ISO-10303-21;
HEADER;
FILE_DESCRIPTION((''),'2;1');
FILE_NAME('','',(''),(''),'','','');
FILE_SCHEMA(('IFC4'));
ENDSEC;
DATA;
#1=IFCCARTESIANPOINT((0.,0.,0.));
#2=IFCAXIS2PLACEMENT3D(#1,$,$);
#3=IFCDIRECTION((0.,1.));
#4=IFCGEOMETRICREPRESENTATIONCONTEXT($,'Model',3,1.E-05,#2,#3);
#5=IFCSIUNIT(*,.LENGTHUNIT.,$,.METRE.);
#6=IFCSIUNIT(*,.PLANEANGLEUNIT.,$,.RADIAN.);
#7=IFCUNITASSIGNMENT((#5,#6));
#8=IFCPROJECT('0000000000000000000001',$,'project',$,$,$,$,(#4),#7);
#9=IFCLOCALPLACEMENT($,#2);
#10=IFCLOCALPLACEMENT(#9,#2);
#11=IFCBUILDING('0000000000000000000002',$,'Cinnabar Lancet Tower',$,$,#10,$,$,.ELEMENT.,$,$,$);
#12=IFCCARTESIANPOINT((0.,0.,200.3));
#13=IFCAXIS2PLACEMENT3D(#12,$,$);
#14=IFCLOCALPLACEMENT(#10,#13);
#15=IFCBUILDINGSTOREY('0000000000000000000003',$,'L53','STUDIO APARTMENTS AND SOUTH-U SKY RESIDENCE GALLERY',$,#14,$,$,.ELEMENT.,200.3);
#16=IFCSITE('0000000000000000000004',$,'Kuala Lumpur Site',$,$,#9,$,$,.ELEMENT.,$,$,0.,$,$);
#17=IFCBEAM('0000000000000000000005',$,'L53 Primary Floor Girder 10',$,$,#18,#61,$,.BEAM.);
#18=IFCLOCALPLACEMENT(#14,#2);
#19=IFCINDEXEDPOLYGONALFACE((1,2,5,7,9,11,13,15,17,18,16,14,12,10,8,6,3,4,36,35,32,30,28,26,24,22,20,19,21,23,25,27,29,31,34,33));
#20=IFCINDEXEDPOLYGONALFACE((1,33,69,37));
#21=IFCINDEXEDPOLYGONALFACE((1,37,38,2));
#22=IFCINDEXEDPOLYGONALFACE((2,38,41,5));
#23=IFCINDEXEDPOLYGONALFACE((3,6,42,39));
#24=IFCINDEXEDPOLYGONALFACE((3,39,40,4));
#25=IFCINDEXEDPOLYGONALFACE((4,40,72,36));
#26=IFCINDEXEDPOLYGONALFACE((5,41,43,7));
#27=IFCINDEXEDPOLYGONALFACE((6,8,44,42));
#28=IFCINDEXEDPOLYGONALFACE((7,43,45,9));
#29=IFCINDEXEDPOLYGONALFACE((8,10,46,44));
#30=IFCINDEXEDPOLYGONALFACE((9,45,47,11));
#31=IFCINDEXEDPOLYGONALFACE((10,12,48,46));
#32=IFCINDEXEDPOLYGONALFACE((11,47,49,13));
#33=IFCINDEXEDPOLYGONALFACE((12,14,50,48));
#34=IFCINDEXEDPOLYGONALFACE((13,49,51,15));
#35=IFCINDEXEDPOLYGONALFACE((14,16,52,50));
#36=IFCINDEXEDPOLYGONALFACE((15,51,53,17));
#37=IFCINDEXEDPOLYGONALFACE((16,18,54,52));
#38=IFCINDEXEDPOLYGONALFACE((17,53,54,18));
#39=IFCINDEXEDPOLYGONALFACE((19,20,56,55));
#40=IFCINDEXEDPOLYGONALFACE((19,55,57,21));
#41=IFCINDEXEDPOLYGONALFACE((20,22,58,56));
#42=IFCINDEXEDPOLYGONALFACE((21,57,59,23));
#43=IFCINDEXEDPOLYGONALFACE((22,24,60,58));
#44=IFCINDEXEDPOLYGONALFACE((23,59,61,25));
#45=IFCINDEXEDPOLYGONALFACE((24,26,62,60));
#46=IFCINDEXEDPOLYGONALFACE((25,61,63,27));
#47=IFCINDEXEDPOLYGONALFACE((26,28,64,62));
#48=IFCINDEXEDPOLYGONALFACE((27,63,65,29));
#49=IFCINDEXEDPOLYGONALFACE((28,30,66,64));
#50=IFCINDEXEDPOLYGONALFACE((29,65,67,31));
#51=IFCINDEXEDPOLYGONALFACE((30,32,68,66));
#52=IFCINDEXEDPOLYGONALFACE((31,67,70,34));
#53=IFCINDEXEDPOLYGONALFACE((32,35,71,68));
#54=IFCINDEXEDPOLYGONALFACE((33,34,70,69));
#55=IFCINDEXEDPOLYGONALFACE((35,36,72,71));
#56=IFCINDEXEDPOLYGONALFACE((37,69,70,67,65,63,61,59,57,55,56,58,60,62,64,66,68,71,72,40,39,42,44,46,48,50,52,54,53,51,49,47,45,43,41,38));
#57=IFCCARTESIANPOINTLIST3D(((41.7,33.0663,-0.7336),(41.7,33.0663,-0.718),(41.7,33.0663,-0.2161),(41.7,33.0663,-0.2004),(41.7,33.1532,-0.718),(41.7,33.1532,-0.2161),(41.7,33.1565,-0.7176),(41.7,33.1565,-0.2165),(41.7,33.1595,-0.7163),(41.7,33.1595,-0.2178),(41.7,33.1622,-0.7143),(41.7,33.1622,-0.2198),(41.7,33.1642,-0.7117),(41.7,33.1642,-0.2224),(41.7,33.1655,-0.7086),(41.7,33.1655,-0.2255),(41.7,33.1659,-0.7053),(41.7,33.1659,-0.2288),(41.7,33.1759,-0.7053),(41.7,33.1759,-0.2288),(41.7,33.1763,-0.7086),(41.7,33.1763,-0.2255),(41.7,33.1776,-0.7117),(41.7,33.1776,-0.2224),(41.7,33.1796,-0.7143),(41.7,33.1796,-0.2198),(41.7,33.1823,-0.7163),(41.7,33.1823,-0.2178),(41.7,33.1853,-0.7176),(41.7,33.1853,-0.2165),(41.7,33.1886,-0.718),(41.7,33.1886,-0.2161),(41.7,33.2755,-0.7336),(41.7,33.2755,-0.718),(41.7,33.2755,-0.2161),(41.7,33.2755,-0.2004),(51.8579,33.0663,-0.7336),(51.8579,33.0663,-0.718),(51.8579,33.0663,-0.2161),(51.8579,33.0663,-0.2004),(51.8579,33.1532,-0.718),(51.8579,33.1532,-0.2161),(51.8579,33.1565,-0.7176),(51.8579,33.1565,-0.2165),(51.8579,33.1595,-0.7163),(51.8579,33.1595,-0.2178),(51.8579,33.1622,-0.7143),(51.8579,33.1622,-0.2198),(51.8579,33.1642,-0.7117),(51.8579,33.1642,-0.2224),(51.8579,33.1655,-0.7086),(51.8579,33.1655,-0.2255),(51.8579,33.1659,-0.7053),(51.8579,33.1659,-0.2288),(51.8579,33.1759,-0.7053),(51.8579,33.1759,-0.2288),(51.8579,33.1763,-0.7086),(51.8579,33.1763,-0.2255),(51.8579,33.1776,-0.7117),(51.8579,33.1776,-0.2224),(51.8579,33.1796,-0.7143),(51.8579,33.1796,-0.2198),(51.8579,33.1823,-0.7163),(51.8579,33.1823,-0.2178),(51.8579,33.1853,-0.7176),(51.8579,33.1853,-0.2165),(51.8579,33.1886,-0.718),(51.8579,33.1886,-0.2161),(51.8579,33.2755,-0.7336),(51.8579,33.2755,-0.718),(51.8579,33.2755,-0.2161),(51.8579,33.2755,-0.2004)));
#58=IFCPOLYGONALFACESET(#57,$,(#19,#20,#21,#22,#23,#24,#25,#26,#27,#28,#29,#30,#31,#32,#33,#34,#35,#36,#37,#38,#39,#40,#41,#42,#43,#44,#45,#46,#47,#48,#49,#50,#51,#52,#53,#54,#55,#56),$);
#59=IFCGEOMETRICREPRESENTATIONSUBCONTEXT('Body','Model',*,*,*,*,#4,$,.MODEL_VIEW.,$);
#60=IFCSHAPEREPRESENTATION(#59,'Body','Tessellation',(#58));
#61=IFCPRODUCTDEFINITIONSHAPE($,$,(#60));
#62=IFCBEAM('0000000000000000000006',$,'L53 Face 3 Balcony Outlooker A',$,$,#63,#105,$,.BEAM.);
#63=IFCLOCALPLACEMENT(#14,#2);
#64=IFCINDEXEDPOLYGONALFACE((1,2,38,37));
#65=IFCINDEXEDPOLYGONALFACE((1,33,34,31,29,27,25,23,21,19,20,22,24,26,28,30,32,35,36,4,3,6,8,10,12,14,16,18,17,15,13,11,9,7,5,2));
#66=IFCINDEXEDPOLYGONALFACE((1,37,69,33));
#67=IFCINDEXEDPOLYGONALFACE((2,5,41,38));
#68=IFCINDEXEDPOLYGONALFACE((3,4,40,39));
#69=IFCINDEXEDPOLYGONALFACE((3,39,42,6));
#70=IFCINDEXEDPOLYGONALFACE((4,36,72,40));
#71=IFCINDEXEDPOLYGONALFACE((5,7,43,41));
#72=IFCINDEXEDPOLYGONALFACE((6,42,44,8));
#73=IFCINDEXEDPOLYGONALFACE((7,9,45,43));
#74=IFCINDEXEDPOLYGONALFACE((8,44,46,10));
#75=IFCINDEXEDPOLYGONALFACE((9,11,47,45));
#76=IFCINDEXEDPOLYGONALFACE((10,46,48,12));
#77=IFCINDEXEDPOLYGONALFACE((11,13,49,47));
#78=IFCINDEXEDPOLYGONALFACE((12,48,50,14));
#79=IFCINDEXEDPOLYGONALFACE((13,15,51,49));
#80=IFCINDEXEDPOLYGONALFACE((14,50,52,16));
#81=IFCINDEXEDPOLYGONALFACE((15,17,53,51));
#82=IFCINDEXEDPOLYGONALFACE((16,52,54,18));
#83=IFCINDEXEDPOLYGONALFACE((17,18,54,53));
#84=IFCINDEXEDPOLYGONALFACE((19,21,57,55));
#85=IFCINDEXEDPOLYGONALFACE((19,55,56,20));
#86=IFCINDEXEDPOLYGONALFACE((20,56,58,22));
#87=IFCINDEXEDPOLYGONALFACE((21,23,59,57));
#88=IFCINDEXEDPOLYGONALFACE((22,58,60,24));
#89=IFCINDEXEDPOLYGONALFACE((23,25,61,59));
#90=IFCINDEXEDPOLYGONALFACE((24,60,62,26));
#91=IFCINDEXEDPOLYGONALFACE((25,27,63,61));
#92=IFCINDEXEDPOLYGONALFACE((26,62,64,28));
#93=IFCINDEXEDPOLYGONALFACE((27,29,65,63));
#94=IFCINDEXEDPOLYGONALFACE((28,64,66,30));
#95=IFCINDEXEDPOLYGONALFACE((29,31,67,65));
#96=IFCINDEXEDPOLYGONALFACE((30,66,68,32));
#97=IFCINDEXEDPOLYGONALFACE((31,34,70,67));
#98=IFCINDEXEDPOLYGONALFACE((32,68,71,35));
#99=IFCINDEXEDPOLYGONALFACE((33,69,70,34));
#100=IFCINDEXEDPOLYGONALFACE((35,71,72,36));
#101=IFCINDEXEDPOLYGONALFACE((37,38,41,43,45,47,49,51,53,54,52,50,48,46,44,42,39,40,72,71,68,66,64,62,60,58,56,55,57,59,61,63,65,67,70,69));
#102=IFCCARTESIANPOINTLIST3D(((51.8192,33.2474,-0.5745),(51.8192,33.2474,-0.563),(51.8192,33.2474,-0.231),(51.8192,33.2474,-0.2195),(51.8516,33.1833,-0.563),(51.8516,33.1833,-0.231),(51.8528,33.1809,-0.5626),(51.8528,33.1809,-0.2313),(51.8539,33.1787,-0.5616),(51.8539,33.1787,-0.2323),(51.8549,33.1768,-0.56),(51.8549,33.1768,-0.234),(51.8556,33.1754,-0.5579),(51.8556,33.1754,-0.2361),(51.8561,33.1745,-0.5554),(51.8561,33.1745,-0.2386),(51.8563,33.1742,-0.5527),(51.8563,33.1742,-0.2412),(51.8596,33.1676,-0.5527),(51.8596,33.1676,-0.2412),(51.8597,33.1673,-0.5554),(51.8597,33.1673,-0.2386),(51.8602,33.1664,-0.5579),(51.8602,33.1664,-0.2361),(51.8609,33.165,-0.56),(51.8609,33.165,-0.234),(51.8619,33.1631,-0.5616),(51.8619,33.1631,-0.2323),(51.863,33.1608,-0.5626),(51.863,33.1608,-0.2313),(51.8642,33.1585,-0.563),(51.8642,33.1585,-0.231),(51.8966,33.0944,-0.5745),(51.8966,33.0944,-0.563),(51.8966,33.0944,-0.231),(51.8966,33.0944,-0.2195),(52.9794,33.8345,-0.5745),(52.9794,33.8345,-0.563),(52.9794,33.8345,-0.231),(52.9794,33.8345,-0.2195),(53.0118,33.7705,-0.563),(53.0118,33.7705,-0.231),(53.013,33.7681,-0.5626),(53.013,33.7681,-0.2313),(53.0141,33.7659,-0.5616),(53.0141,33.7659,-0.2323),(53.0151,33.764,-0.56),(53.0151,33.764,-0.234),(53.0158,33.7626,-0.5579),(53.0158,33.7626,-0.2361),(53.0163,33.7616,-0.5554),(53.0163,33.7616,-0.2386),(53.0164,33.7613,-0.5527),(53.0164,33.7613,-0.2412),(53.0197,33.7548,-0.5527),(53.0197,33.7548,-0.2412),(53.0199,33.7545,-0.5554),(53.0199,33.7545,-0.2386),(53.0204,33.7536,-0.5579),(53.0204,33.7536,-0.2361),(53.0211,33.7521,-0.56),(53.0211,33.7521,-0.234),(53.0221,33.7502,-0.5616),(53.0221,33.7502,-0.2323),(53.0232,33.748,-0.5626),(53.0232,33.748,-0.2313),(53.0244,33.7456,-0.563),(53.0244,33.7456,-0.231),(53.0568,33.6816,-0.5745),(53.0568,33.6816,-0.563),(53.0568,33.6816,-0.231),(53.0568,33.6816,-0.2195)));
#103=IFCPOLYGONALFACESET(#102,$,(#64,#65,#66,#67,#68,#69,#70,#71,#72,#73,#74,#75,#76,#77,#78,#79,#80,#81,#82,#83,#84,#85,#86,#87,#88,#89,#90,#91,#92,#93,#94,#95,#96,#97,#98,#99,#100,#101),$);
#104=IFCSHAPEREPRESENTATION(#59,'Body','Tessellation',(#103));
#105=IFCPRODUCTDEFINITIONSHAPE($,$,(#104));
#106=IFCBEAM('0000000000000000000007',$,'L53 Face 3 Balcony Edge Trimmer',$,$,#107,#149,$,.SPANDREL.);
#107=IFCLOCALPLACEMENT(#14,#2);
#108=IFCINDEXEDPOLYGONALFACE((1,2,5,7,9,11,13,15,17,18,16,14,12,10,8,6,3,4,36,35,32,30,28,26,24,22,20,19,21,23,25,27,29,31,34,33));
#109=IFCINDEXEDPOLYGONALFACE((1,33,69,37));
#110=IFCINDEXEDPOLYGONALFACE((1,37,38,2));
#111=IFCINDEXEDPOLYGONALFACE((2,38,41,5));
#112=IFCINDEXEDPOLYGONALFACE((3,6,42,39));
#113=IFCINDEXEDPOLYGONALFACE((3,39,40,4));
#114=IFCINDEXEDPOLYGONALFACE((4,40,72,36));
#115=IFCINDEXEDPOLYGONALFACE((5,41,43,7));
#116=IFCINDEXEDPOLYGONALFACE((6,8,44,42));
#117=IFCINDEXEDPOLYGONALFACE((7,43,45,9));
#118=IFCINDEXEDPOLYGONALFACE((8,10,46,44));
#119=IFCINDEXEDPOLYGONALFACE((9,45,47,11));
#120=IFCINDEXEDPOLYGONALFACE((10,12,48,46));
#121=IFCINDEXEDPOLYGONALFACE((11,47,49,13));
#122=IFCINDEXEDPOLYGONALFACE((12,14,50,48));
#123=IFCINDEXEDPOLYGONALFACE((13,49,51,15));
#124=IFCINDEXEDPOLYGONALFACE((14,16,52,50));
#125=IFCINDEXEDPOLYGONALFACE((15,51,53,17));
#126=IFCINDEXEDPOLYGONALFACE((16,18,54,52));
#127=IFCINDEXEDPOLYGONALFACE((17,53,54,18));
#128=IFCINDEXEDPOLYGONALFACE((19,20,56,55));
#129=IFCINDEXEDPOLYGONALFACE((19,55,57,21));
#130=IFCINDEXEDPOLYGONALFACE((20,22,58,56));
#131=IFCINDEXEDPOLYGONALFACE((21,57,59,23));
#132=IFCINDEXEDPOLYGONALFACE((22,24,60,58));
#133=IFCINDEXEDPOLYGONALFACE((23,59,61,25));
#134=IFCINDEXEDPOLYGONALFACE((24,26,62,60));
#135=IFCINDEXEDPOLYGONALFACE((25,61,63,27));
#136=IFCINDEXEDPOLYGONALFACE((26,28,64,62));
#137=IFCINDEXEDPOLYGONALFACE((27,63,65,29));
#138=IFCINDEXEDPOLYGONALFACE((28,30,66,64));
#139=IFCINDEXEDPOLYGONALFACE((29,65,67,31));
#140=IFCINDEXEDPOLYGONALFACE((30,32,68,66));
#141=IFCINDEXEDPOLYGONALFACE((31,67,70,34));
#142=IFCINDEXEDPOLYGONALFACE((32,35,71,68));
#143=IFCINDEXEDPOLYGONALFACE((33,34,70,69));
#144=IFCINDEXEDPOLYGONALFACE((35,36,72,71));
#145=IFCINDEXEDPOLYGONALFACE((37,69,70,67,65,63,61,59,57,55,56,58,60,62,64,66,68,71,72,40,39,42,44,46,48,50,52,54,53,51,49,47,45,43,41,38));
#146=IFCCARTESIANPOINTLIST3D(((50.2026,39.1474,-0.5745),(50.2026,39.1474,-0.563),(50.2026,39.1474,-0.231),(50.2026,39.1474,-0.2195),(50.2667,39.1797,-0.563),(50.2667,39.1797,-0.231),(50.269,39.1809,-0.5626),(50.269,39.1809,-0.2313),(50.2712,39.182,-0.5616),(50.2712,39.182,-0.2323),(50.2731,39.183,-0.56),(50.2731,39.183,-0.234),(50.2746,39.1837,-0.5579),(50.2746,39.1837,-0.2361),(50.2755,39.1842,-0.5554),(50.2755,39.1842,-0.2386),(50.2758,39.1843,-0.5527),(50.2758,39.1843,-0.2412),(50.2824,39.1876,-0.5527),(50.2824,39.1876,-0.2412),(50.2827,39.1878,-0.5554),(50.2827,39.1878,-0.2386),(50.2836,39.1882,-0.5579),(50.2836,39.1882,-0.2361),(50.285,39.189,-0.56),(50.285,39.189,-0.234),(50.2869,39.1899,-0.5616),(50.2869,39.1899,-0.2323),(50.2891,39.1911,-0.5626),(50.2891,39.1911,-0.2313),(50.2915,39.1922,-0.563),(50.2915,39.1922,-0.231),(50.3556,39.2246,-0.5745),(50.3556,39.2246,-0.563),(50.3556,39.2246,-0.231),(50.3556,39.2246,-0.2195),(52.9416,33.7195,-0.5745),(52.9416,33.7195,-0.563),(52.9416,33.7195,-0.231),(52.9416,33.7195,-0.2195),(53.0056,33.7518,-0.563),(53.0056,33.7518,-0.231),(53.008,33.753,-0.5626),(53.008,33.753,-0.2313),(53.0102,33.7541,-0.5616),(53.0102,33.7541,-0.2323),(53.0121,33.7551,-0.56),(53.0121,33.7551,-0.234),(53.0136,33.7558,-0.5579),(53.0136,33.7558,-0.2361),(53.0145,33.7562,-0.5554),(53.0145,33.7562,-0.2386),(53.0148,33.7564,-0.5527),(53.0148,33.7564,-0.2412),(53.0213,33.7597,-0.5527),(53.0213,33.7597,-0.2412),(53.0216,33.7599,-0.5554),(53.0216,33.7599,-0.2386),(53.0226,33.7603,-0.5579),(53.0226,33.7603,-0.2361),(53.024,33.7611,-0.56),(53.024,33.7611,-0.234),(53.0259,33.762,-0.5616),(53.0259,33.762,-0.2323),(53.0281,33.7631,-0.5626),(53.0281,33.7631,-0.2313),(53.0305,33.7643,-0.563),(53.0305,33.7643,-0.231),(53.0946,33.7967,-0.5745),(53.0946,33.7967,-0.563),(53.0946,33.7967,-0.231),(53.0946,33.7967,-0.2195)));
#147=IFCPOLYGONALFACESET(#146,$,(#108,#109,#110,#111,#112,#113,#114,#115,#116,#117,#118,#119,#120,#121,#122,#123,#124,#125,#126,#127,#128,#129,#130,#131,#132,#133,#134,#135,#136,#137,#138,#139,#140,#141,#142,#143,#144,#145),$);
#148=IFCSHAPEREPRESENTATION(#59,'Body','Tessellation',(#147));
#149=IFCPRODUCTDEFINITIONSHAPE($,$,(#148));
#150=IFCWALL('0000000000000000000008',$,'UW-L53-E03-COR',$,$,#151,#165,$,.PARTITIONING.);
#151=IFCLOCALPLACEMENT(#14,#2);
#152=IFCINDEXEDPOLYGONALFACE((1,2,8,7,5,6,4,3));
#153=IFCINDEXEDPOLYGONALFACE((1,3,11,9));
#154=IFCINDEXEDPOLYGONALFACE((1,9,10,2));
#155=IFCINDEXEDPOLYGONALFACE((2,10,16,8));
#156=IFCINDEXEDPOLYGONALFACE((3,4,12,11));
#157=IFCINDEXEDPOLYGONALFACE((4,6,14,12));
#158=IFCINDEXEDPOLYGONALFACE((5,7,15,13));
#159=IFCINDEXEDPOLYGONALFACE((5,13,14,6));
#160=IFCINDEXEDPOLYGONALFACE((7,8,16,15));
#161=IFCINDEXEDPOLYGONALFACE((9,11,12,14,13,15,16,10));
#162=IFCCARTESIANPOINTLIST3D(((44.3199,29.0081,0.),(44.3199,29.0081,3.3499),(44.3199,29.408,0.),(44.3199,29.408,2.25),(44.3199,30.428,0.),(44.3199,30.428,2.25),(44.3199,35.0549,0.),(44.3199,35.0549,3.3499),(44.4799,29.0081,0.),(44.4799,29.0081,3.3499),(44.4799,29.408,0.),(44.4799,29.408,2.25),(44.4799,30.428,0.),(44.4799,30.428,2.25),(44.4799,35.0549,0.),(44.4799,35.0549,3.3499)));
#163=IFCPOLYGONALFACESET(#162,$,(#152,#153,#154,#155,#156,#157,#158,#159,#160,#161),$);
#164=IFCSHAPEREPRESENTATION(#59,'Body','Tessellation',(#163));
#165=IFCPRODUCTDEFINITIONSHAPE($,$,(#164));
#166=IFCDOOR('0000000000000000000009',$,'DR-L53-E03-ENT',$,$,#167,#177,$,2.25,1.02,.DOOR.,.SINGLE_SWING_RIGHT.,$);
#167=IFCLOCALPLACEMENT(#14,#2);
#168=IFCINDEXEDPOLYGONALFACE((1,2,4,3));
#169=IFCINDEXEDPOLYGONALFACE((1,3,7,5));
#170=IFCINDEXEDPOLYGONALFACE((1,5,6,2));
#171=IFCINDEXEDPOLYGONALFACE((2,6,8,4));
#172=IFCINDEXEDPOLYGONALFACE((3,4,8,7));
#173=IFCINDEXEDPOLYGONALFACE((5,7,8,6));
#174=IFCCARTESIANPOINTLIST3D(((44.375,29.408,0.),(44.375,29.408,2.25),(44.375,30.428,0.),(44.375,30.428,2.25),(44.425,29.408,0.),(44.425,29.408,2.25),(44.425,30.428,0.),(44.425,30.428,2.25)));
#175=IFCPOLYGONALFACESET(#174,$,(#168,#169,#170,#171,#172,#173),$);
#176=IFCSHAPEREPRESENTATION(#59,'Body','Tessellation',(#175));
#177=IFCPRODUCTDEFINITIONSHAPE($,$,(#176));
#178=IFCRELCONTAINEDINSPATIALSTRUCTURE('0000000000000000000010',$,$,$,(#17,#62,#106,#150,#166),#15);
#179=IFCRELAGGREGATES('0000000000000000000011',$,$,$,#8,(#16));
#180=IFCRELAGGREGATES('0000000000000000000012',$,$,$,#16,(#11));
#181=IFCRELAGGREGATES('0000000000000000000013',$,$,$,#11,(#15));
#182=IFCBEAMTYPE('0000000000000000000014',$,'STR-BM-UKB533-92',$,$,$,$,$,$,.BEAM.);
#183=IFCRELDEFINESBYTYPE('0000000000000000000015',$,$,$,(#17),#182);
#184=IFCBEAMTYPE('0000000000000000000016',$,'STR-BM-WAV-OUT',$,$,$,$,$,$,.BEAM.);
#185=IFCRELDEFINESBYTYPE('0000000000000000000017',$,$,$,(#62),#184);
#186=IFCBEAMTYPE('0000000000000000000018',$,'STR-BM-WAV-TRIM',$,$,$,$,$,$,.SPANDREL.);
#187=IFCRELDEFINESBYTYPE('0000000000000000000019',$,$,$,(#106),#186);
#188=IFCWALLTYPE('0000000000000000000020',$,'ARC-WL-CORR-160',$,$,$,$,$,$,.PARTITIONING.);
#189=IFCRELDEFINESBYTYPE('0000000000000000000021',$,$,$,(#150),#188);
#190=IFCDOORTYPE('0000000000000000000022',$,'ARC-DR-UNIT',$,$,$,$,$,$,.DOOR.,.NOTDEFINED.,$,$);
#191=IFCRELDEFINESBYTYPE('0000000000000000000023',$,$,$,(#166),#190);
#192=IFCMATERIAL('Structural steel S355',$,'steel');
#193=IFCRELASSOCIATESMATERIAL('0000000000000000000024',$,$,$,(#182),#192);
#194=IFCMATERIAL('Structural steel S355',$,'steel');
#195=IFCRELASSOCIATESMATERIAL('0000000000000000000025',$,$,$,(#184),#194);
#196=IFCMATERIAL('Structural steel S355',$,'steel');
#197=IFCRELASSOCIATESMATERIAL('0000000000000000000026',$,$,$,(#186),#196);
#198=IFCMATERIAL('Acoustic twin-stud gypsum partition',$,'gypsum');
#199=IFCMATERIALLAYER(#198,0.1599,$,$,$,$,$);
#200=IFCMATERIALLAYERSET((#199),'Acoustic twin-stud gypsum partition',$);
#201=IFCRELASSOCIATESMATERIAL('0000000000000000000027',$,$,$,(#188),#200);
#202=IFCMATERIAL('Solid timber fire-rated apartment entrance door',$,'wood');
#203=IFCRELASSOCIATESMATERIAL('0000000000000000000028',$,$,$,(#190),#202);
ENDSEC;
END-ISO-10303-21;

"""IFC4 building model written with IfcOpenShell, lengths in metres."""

from ifc_helpers import new_model, si_unit, direction, frame, frame_2d, origin, origin_2d, place, context, subcontext, project, spatial, rectangle, i_section, extrude, material, layer, layer_set, material_profile, profile_set, type_object, element, fill, save


model = new_model("IFC4")

# Units and contexts
model_context = context("Model", 3, precision=1e-05, world=origin(), true_north=direction((0.0, 1.0)))
body_context = subcontext(model_context, "Body", "Model", "MODEL_VIEW")
ifc_project = project(units=[si_unit("LENGTHUNIT", "METRE"), si_unit("PLANEANGLEUNIT", "RADIAN")], contexts=[model_context])

# Site, building, storey
site_placement = place(None, origin())
site = spatial("IfcSite", under=ifc_project, at=site_placement, Name="Kuala Lumpur Site", CompositionType="ELEMENT", RefElevation=0.0)
building_placement = place(site_placement, origin())
building = spatial("IfcBuilding", under=site, at=building_placement, Name="Cinnabar Lancet Tower", CompositionType="ELEMENT")
storey_placement = place(building_placement, frame((0.0, 0.0, 200.3)))
storey = spatial("IfcBuildingStorey", under=building, at=storey_placement, Name="L53", Description="STUDIO APARTMENTS AND SOUTH-U SKY RESIDENCE GALLERY", CompositionType="ELEMENT", Elevation=200.3)

# Beams
ifc_material_1 = material(Name="Structural steel S355", Category="steel")
ifc_material_profile_1 = material_profile(ifc_material_1, i_section(OverallWidth=0.2092, OverallDepth=0.5332, WebThickness=0.01, FlangeThickness=0.0156, FilletRadius=0.0127, at=origin_2d()), Name="UKB 533x210x92")
ifc_profile_set_1 = profile_set([ifc_material_profile_1], Name="Structural steel S355")
beam_type_1 = type_object("IfcBeamType", Name="STR-BM-UKB533-92", PredefinedType="BEAM", material=ifc_profile_set_1)
beam_1_placement = place(storey_placement, frame((51.8579, 33.1709, -0.467), z_axis=(-1.0, 0.0, 0.0), x_axis=(0.0, -1.0, 0.0)))
element("IfcBeam", 1, at=beam_1_placement, inside=storey, type_object=beam_type_1, Name="L53 Primary Floor Girder 10", PredefinedType="BEAM", context=body_context, shape_type="SweptSolid", body=[
    extrude(i_section(OverallWidth=0.2092, OverallDepth=0.5332, WebThickness=0.01, FlangeThickness=0.0156, FilletRadius=0.0127, at=origin_2d()), origin(), (0.0, 0.0, 1.0), 10.158),
])
ifc_material_2 = material(Name="Structural steel S355", Category="steel")
ifc_material_profile_2 = material_profile(ifc_material_2, i_section(OverallWidth=0.1714, OverallDepth=0.355, WebThickness=0.0073, FlangeThickness=0.0115, FilletRadius=0.0103, at=origin_2d()), Name="UKB 356x171x51")
ifc_profile_set_2 = profile_set([ifc_material_profile_2], Name="Structural steel S355")
beam_type_2 = type_object("IfcBeamType", Name="STR-BM-WAV-OUT", PredefinedType="BEAM", material=ifc_profile_set_2)
beam_2_placement = place(storey_placement, frame((51.8579, 33.1709, -0.397), z_axis=(0.892239, 0.451564, 0.0), x_axis=(-0.451564, 0.892239, 0.0)))
element("IfcBeam", 2, at=beam_2_placement, inside=storey, type_object=beam_type_2, Name="L53 Face 3 Balcony Outlooker A", PredefinedType="BEAM", context=body_context, shape_type="SweptSolid", body=[
    extrude(i_section(OverallWidth=0.1714, OverallDepth=0.355, WebThickness=0.0073, FlangeThickness=0.0115, FilletRadius=0.0103, at=origin_2d()), origin(), (0.0, 0.0, 1.0), 1.3003),
])
ifc_material_3 = material(Name="Structural steel S355", Category="steel")
ifc_material_profile_3 = material_profile(ifc_material_3, i_section(OverallWidth=0.1714, OverallDepth=0.355, WebThickness=0.0073, FlangeThickness=0.0115, FilletRadius=0.0103, at=origin_2d()), Name="UKB 356x171x51")
ifc_profile_set_3 = profile_set([ifc_material_profile_3], Name="Structural steel S355")
beam_type_3 = type_object("IfcBeamType", Name="STR-BM-WAV-TRIM", PredefinedType="SPANDREL", material=ifc_profile_set_3)
beam_3_placement = place(storey_placement, frame((53.0181, 33.7581, -0.397), z_axis=(-0.450503, 0.892775, 0.0), x_axis=(-0.892775, -0.450503, 0.0)))
element("IfcBeam", 3, at=beam_3_placement, inside=storey, type_object=beam_type_3, Name="L53 Face 3 Balcony Edge Trimmer", PredefinedType="SPANDREL", context=body_context, shape_type="SweptSolid", body=[
    extrude(i_section(OverallWidth=0.1714, OverallDepth=0.355, WebThickness=0.0073, FlangeThickness=0.0115, FilletRadius=0.0103, at=origin_2d()), origin(), (0.0, 0.0, 1.0), 6.0798),
])

# Wall, opening, door
ifc_material_4 = material(Name="Acoustic twin-stud gypsum partition", Category="gypsum")
ifc_layer_1 = layer(ifc_material_4, 0.1599)
ifc_layer_set_1 = layer_set([ifc_layer_1], Name="Acoustic twin-stud gypsum partition")
wall_type_1 = type_object("IfcWallType", Name="ARC-WL-CORR-160", PredefinedType="PARTITIONING", material=ifc_layer_set_1)
wall_1_placement = place(storey_placement, frame((44.3999, 29.0081, 0.0), z_axis=(0.0, 0.0, 1.0), x_axis=(0.0, 1.0, 0.0)))
wall_1 = element("IfcWall", 4, at=wall_1_placement, inside=storey, type_object=wall_type_1, Name="UW-L53-E03-COR", PredefinedType="PARTITIONING", context=body_context, shape_type="SweptSolid", body=[
    extrude(rectangle(XDim=6.0469, YDim=0.1599, at=frame_2d((3.0234, 0.0))), origin(), (0.0, 0.0, 1.0), 3.3499),
])
opening_1_placement = place(wall_1_placement, frame((0.3999, 0.0, 0.0)))
opening_1 = element("IfcOpeningElement", 5, at=opening_1_placement, cuts=wall_1, PredefinedType="OPENING", context=body_context, shape_type="SweptSolid", body=[
    extrude(rectangle(XDim=1.02, YDim=2.25, at=frame_2d((0.51, 1.125))), frame((0.0, 0.0898, 0.0), z_axis=(0.0, -1.0, 0.0), x_axis=(1.0, 0.0, 0.0)), (0.0, 0.0, 1.0), 0.1799),
])
ifc_material_5 = material(Name="Solid timber fire-rated apartment entrance door", Category="wood")
door_type_1 = type_object("IfcDoorType", Name="ARC-DR-UNIT", OperationType="NOTDEFINED", PredefinedType="DOOR", material=ifc_material_5)
door_1_placement = place(opening_1_placement, origin())
door_1 = element("IfcDoor", 6, at=door_1_placement, inside=storey, type_object=door_type_1, Name="DR-L53-E03-ENT", OperationType="SINGLE_SWING_RIGHT", OverallHeight=2.25, OverallWidth=1.02, PredefinedType="DOOR", context=body_context, shape_type="SweptSolid", body=[
    extrude(rectangle(XDim=1.02, YDim=2.25, at=frame_2d((0.51, 1.125))), frame((0.0, 0.0249, 0.0), z_axis=(0.0, -1.0, 0.0), x_axis=(1.0, 0.0, 0.0)), (0.0, 0.0, 1.0), 0.05),
])
fill(opening_1, door_1)

save(model, "model.ifc")
